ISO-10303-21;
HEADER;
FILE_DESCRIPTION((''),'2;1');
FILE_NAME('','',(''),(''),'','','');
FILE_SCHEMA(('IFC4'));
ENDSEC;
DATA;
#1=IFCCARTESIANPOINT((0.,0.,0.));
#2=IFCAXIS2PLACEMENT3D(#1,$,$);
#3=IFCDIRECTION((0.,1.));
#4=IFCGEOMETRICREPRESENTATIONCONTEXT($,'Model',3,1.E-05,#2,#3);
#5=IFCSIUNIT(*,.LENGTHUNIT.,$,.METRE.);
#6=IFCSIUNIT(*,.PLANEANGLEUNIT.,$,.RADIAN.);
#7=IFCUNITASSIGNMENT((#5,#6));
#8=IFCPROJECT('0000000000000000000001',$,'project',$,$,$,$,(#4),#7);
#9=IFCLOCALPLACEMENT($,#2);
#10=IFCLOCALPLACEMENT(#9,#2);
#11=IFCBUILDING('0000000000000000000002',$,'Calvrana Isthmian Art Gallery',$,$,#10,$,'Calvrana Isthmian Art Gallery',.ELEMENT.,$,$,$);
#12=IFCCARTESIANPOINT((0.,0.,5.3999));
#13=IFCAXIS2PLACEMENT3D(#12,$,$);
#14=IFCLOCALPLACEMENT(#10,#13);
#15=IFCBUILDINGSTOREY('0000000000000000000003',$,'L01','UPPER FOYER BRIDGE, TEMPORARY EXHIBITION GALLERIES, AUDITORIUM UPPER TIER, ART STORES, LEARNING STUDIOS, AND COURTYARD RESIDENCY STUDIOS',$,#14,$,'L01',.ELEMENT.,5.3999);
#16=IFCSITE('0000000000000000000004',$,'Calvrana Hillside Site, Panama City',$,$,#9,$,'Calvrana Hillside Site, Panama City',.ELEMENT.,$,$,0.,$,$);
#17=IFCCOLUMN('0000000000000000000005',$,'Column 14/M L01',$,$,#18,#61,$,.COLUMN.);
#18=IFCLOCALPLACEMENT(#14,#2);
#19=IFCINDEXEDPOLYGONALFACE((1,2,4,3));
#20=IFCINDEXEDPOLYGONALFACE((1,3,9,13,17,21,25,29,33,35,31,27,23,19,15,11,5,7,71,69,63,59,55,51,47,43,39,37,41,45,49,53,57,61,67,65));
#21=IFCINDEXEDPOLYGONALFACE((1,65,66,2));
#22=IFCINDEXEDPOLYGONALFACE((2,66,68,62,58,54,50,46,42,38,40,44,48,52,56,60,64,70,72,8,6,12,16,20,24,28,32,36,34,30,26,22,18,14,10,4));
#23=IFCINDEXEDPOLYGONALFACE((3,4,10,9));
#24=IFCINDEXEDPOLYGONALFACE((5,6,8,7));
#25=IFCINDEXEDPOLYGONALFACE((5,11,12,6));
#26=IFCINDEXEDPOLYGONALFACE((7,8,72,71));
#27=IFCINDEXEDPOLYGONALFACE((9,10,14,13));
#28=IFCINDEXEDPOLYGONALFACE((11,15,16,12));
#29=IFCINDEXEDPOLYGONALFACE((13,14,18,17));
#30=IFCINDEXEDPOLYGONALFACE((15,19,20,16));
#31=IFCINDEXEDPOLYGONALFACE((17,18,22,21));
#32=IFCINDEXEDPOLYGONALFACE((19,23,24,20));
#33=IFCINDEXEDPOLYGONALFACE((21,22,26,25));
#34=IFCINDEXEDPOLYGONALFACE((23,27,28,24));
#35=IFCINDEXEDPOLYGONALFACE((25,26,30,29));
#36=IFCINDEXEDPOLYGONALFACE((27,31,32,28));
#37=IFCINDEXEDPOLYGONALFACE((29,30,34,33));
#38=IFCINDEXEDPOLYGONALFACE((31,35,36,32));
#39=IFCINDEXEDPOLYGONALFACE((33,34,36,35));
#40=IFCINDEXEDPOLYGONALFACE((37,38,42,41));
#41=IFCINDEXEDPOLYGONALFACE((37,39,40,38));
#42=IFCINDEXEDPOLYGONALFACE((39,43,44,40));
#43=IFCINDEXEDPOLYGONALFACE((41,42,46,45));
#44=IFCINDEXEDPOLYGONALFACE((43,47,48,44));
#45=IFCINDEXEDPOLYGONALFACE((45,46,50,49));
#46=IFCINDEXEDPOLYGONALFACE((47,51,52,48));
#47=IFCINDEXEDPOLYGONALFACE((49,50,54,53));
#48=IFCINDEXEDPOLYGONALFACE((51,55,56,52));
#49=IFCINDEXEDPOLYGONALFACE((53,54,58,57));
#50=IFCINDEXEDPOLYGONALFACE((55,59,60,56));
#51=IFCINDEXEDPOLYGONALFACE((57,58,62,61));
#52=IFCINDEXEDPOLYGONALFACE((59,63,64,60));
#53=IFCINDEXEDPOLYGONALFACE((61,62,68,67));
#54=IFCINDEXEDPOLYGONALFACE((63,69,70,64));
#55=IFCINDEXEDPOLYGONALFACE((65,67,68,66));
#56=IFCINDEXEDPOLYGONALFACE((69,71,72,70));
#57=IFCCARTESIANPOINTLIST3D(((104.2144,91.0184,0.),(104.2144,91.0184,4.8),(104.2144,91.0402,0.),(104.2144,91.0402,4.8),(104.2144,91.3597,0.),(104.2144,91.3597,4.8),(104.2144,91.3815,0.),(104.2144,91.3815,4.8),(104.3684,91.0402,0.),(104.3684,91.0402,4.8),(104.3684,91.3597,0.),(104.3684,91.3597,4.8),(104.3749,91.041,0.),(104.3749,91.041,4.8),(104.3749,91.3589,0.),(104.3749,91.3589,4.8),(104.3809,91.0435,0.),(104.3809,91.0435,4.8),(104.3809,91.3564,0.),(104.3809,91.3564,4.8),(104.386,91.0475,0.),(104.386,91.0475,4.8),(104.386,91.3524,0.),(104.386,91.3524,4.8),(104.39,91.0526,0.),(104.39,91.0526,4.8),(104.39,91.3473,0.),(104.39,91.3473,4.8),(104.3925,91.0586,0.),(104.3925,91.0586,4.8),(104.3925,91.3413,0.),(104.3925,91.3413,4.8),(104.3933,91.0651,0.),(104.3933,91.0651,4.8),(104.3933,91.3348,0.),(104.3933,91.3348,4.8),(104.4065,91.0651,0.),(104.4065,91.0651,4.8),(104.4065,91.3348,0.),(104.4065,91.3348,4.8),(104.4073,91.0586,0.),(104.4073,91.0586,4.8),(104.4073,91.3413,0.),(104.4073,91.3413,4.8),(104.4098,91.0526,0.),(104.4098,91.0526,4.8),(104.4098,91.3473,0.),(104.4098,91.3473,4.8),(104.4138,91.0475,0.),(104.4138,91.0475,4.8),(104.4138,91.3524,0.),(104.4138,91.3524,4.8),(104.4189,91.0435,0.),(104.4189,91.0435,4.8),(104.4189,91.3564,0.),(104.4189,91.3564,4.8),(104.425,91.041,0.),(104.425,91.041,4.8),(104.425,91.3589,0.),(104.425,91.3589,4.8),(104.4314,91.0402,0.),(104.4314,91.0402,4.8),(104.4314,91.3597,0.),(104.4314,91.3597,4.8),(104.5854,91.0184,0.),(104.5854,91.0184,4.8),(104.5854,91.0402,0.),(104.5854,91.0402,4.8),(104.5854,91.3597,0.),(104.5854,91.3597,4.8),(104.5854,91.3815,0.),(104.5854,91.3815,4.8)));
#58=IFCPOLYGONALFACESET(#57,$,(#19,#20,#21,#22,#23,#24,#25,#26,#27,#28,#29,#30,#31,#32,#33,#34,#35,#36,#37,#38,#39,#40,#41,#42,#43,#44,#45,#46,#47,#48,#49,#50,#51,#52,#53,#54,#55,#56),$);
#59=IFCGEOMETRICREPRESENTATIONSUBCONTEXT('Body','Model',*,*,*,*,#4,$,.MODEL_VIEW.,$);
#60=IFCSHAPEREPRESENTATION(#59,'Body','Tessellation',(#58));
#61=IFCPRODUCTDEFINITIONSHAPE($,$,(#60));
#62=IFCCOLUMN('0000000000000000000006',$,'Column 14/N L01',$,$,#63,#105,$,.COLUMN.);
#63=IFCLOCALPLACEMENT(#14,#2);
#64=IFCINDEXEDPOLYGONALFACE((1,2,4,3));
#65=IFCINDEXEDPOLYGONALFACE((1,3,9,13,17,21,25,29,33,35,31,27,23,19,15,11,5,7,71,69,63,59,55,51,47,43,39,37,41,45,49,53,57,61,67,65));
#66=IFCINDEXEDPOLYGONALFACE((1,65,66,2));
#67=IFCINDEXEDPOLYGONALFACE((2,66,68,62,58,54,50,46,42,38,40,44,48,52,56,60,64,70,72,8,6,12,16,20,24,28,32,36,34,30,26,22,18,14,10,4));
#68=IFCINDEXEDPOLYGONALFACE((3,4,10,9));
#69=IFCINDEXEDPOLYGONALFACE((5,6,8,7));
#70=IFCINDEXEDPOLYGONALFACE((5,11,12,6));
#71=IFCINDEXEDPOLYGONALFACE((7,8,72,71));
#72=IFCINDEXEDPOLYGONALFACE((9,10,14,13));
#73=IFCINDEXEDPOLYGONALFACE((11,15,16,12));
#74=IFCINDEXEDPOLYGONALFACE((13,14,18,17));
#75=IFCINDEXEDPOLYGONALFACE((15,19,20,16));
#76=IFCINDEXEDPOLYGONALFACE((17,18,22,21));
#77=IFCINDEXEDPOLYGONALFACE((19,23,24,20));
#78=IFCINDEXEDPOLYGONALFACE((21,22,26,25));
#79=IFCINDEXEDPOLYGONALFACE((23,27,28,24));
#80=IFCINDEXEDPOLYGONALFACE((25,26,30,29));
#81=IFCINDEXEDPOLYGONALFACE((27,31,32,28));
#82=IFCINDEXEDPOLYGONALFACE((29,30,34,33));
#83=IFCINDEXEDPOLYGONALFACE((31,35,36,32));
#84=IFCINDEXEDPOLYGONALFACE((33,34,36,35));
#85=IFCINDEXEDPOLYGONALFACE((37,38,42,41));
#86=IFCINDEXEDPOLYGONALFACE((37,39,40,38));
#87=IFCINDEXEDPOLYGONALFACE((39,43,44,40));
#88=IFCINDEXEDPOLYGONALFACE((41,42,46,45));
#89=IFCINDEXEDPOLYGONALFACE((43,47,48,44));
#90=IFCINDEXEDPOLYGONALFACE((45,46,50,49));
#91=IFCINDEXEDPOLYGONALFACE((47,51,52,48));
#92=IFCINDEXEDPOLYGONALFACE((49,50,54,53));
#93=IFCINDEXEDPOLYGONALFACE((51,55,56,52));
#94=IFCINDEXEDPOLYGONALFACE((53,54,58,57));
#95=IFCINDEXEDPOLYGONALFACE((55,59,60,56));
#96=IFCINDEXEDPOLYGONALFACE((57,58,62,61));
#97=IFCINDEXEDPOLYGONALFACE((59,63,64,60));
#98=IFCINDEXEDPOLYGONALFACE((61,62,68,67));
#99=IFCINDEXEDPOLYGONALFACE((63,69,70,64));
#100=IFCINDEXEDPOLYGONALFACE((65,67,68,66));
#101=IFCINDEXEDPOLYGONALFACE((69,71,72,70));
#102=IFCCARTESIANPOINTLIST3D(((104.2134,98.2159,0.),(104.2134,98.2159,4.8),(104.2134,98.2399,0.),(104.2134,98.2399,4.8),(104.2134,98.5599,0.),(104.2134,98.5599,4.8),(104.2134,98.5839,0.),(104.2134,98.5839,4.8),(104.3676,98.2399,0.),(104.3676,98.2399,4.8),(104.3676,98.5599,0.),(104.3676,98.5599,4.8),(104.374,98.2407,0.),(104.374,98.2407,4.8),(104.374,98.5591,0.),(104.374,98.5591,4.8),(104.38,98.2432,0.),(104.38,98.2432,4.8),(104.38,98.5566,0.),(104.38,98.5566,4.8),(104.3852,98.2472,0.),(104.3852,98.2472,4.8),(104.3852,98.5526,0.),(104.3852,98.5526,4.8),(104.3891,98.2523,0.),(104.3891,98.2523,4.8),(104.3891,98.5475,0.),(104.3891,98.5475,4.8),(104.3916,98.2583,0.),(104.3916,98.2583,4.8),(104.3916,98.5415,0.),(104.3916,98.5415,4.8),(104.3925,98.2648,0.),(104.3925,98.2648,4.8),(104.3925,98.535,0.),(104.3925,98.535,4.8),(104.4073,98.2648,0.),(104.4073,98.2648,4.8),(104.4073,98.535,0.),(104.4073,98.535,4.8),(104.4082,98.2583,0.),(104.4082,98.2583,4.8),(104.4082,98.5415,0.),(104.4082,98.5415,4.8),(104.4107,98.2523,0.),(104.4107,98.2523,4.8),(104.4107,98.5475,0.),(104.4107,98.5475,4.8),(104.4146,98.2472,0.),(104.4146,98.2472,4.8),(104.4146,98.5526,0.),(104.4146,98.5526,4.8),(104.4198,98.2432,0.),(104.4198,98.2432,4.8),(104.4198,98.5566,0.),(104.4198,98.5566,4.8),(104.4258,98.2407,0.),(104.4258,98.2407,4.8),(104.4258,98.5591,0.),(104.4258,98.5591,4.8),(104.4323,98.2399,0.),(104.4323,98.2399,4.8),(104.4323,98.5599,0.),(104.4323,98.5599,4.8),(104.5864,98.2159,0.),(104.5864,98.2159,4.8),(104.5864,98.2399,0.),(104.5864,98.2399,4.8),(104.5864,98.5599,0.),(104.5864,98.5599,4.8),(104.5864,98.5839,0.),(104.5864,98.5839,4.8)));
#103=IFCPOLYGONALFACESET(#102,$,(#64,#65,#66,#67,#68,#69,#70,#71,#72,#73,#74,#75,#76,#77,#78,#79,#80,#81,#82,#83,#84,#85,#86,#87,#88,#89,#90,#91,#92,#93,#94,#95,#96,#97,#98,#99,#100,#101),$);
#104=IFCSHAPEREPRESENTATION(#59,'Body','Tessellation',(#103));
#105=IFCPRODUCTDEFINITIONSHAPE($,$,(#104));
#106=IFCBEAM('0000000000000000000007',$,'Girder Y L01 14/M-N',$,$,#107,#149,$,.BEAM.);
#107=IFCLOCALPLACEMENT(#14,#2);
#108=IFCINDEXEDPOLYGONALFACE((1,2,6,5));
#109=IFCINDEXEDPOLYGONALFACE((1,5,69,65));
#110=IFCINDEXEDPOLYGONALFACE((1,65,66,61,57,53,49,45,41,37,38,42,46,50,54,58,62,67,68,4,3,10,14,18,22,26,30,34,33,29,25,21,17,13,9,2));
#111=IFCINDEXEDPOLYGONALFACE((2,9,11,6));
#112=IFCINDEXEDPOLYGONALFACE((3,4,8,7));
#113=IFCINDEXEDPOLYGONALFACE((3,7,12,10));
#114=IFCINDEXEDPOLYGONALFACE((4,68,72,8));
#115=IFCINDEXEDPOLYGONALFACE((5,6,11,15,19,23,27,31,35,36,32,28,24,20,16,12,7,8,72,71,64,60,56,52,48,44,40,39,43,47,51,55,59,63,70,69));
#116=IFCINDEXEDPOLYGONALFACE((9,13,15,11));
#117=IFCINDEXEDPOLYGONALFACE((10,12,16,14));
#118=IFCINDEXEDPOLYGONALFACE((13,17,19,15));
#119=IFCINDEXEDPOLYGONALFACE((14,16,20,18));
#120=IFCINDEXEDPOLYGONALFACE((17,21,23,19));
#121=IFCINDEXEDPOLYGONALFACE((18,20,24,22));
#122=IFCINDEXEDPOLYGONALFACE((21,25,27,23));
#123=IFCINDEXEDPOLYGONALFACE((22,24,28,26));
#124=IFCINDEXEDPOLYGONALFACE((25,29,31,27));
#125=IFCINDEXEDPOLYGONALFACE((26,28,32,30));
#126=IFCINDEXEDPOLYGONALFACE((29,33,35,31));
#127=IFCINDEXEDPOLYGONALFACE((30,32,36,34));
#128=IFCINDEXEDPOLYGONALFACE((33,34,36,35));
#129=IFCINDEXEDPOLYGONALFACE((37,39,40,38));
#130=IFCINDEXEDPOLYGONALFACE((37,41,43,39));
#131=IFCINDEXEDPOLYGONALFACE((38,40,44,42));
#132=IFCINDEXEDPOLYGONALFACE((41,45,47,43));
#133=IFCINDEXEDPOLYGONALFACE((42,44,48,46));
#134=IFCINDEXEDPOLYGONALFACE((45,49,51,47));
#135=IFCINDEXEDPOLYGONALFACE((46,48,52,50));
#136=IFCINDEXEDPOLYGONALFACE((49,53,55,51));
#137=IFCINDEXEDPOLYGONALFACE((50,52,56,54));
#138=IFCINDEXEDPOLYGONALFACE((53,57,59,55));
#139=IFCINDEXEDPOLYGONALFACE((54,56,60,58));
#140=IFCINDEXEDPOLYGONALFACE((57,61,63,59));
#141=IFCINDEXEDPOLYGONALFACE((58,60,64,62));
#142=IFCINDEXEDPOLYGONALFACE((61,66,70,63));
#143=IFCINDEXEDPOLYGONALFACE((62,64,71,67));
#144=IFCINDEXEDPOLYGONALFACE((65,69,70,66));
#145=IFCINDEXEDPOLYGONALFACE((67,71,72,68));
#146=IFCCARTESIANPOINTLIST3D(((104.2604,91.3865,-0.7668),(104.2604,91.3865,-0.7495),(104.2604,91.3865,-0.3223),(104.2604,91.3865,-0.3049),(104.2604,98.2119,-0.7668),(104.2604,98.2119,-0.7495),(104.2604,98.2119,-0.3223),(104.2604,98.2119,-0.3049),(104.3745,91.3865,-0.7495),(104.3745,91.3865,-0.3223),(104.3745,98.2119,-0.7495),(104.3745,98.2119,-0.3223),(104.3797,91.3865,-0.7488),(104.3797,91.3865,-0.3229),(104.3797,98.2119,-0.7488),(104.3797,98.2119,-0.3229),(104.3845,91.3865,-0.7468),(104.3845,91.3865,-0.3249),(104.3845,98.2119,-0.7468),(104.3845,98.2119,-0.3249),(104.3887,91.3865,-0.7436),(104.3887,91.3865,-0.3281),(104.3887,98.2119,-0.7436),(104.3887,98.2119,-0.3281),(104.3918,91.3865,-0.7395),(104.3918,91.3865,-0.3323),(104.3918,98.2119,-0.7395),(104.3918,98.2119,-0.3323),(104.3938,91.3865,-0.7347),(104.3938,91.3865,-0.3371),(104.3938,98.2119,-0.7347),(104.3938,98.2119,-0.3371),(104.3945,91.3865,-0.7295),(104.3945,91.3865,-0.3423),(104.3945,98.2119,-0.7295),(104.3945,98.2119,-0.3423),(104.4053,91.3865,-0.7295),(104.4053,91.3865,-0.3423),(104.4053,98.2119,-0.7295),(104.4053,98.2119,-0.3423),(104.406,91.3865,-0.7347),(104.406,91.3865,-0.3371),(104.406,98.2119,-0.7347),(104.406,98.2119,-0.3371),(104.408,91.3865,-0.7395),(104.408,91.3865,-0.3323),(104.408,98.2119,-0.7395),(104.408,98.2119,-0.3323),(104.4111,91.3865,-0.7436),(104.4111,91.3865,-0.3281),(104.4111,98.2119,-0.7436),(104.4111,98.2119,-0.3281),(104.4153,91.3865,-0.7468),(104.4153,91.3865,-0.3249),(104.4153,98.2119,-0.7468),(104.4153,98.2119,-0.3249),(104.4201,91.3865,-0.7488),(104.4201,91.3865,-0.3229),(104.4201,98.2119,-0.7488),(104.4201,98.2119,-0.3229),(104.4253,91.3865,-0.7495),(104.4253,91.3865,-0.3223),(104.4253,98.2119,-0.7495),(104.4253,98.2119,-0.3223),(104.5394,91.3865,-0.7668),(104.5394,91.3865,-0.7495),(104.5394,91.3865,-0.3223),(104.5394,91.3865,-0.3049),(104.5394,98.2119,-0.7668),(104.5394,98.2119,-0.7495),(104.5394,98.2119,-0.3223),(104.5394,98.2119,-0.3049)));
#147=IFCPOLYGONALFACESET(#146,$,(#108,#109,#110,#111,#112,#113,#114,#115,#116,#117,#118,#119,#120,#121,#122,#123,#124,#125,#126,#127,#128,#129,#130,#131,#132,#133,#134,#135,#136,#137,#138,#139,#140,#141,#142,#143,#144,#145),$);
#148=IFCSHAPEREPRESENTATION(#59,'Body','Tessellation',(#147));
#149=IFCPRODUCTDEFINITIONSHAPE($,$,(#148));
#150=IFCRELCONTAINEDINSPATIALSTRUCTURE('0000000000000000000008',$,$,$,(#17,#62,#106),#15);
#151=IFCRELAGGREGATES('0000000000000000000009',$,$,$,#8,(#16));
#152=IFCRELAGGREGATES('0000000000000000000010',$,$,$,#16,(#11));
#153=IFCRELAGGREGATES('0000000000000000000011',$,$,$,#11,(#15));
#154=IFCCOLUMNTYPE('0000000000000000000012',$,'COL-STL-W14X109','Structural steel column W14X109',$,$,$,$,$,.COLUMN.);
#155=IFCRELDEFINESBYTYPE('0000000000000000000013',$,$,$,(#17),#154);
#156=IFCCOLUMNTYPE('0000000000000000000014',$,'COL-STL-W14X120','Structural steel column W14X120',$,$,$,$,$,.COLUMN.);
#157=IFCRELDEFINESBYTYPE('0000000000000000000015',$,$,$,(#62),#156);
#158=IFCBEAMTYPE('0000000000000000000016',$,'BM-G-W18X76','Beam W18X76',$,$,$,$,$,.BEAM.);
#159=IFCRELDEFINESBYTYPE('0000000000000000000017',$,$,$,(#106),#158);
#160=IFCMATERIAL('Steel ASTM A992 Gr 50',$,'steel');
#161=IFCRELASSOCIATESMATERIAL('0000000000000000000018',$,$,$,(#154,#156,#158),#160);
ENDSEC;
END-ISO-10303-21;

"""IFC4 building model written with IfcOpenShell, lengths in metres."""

from ifc_helpers import new_model, si_unit, direction, frame, origin, origin_2d, place, context, subcontext, project, spatial, i_section, extrude, material, material_profile, profile_set, type_object, element, save


model = new_model("IFC4")

# Units and contexts
model_context = context("Model", 3, precision=1e-05, world=origin(), true_north=direction((0.0, 1.0)))
body_context = subcontext(model_context, "Body", "Model", "MODEL_VIEW")
ifc_project = project(units=[si_unit("LENGTHUNIT", "METRE"), si_unit("PLANEANGLEUNIT", "RADIAN")], contexts=[model_context])

# Site, building, storey
site_placement = place(None, origin())
site = spatial("IfcSite", under=ifc_project, at=site_placement, Name="Calvrana Hillside Site, Panama City", LongName="Calvrana Hillside Site, Panama City", CompositionType="ELEMENT", RefElevation=0.0)
building_placement = place(site_placement, origin())
building = spatial("IfcBuilding", under=site, at=building_placement, Name="Calvrana Isthmian Art Gallery", LongName="Calvrana Isthmian Art Gallery", CompositionType="ELEMENT")
storey_placement = place(building_placement, frame((0.0, 0.0, 5.3999)))
storey = spatial("IfcBuildingStorey", under=building, at=storey_placement, Name="L01", Description="UPPER FOYER BRIDGE, TEMPORARY EXHIBITION GALLERIES, AUDITORIUM UPPER TIER, ART STORES, LEARNING STUDIOS, AND COURTYARD RESIDENCY STUDIOS", LongName="L01", CompositionType="ELEMENT", Elevation=5.3999)

# Columns
ifc_material_1 = material(Name="Steel ASTM A992 Gr 50", Category="steel")
ifc_material_profile_1 = material_profile(ifc_material_1, i_section(OverallWidth=0.3711, OverallDepth=0.363, WebThickness=0.0132, FlangeThickness=0.0217, FilletRadius=0.0249, at=origin_2d()), Name="W14X109")
ifc_profile_set_1 = profile_set([ifc_material_profile_1], Name="Steel ASTM A992 Gr 50")
column_type_1 = type_object("IfcColumnType", Name="COL-STL-W14X109", Description="Structural steel column W14X109", PredefinedType="COLUMN", material=ifc_profile_set_1)
column_1_placement = place(storey_placement, frame((104.3999, 91.2, 0.0), z_axis=(0.0, 0.0, 1.0), x_axis=(1.0, 0.0, 0.0)))
element("IfcColumn", 1, at=column_1_placement, inside=storey, type_object=column_type_1, Name="Column 14/M L01", PredefinedType="COLUMN", context=body_context, shape_type="SweptSolid", body=[
    extrude(i_section(OverallWidth=0.3711, OverallDepth=0.363, WebThickness=0.0132, FlangeThickness=0.0217, FilletRadius=0.0249, at=origin_2d()), origin(), (0.0, 0.0, 1.0), 4.8),
])
ifc_material_profile_2 = material_profile(ifc_material_1, i_section(OverallWidth=0.373, OverallDepth=0.3679, WebThickness=0.0149, FlangeThickness=0.0239, FilletRadius=0.0249, at=origin_2d()), Name="W14X120")
ifc_profile_set_2 = profile_set([ifc_material_profile_2], Name="Steel ASTM A992 Gr 50")
column_type_2 = type_object("IfcColumnType", Name="COL-STL-W14X120", Description="Structural steel column W14X120", PredefinedType="COLUMN", material=ifc_profile_set_2)
column_2_placement = place(storey_placement, frame((104.3999, 98.3999, 0.0), z_axis=(0.0, 0.0, 1.0), x_axis=(1.0, 0.0, 0.0)))
element("IfcColumn", 2, at=column_2_placement, inside=storey, type_object=column_type_2, Name="Column 14/N L01", PredefinedType="COLUMN", context=body_context, shape_type="SweptSolid", body=[
    extrude(i_section(OverallWidth=0.373, OverallDepth=0.3679, WebThickness=0.0149, FlangeThickness=0.0239, FilletRadius=0.0249, at=origin_2d()), origin(), (0.0, 0.0, 1.0), 4.8),
])

# Beam
ifc_material_profile_3 = material_profile(ifc_material_1, i_section(OverallWidth=0.2791, OverallDepth=0.4619, WebThickness=0.0107, FlangeThickness=0.0173, FilletRadius=0.02, at=origin_2d()), Name="W18X76")
ifc_profile_set_3 = profile_set([ifc_material_profile_3], Name="Steel ASTM A992 Gr 50")
beam_type_1 = type_object("IfcBeamType", Name="BM-G-W18X76", Description="Beam W18X76", PredefinedType="BEAM", material=ifc_profile_set_3)
beam_1_placement = place(storey_placement, frame((104.3999, 91.3865, -0.5359), z_axis=(0.0, 1.0, 0.0), x_axis=(-1.0, 0.0, 0.0)))
element("IfcBeam", 3, at=beam_1_placement, inside=storey, type_object=beam_type_1, Name="Girder Y L01 14/M-N", PredefinedType="BEAM", context=body_context, shape_type="SweptSolid", body=[
    extrude(i_section(OverallWidth=0.2791, OverallDepth=0.4619, WebThickness=0.0107, FlangeThickness=0.0173, FilletRadius=0.02, at=origin_2d()), origin(), (0.0, 0.0, 1.0), 6.8254),
])

save(model, "model.ifc")
